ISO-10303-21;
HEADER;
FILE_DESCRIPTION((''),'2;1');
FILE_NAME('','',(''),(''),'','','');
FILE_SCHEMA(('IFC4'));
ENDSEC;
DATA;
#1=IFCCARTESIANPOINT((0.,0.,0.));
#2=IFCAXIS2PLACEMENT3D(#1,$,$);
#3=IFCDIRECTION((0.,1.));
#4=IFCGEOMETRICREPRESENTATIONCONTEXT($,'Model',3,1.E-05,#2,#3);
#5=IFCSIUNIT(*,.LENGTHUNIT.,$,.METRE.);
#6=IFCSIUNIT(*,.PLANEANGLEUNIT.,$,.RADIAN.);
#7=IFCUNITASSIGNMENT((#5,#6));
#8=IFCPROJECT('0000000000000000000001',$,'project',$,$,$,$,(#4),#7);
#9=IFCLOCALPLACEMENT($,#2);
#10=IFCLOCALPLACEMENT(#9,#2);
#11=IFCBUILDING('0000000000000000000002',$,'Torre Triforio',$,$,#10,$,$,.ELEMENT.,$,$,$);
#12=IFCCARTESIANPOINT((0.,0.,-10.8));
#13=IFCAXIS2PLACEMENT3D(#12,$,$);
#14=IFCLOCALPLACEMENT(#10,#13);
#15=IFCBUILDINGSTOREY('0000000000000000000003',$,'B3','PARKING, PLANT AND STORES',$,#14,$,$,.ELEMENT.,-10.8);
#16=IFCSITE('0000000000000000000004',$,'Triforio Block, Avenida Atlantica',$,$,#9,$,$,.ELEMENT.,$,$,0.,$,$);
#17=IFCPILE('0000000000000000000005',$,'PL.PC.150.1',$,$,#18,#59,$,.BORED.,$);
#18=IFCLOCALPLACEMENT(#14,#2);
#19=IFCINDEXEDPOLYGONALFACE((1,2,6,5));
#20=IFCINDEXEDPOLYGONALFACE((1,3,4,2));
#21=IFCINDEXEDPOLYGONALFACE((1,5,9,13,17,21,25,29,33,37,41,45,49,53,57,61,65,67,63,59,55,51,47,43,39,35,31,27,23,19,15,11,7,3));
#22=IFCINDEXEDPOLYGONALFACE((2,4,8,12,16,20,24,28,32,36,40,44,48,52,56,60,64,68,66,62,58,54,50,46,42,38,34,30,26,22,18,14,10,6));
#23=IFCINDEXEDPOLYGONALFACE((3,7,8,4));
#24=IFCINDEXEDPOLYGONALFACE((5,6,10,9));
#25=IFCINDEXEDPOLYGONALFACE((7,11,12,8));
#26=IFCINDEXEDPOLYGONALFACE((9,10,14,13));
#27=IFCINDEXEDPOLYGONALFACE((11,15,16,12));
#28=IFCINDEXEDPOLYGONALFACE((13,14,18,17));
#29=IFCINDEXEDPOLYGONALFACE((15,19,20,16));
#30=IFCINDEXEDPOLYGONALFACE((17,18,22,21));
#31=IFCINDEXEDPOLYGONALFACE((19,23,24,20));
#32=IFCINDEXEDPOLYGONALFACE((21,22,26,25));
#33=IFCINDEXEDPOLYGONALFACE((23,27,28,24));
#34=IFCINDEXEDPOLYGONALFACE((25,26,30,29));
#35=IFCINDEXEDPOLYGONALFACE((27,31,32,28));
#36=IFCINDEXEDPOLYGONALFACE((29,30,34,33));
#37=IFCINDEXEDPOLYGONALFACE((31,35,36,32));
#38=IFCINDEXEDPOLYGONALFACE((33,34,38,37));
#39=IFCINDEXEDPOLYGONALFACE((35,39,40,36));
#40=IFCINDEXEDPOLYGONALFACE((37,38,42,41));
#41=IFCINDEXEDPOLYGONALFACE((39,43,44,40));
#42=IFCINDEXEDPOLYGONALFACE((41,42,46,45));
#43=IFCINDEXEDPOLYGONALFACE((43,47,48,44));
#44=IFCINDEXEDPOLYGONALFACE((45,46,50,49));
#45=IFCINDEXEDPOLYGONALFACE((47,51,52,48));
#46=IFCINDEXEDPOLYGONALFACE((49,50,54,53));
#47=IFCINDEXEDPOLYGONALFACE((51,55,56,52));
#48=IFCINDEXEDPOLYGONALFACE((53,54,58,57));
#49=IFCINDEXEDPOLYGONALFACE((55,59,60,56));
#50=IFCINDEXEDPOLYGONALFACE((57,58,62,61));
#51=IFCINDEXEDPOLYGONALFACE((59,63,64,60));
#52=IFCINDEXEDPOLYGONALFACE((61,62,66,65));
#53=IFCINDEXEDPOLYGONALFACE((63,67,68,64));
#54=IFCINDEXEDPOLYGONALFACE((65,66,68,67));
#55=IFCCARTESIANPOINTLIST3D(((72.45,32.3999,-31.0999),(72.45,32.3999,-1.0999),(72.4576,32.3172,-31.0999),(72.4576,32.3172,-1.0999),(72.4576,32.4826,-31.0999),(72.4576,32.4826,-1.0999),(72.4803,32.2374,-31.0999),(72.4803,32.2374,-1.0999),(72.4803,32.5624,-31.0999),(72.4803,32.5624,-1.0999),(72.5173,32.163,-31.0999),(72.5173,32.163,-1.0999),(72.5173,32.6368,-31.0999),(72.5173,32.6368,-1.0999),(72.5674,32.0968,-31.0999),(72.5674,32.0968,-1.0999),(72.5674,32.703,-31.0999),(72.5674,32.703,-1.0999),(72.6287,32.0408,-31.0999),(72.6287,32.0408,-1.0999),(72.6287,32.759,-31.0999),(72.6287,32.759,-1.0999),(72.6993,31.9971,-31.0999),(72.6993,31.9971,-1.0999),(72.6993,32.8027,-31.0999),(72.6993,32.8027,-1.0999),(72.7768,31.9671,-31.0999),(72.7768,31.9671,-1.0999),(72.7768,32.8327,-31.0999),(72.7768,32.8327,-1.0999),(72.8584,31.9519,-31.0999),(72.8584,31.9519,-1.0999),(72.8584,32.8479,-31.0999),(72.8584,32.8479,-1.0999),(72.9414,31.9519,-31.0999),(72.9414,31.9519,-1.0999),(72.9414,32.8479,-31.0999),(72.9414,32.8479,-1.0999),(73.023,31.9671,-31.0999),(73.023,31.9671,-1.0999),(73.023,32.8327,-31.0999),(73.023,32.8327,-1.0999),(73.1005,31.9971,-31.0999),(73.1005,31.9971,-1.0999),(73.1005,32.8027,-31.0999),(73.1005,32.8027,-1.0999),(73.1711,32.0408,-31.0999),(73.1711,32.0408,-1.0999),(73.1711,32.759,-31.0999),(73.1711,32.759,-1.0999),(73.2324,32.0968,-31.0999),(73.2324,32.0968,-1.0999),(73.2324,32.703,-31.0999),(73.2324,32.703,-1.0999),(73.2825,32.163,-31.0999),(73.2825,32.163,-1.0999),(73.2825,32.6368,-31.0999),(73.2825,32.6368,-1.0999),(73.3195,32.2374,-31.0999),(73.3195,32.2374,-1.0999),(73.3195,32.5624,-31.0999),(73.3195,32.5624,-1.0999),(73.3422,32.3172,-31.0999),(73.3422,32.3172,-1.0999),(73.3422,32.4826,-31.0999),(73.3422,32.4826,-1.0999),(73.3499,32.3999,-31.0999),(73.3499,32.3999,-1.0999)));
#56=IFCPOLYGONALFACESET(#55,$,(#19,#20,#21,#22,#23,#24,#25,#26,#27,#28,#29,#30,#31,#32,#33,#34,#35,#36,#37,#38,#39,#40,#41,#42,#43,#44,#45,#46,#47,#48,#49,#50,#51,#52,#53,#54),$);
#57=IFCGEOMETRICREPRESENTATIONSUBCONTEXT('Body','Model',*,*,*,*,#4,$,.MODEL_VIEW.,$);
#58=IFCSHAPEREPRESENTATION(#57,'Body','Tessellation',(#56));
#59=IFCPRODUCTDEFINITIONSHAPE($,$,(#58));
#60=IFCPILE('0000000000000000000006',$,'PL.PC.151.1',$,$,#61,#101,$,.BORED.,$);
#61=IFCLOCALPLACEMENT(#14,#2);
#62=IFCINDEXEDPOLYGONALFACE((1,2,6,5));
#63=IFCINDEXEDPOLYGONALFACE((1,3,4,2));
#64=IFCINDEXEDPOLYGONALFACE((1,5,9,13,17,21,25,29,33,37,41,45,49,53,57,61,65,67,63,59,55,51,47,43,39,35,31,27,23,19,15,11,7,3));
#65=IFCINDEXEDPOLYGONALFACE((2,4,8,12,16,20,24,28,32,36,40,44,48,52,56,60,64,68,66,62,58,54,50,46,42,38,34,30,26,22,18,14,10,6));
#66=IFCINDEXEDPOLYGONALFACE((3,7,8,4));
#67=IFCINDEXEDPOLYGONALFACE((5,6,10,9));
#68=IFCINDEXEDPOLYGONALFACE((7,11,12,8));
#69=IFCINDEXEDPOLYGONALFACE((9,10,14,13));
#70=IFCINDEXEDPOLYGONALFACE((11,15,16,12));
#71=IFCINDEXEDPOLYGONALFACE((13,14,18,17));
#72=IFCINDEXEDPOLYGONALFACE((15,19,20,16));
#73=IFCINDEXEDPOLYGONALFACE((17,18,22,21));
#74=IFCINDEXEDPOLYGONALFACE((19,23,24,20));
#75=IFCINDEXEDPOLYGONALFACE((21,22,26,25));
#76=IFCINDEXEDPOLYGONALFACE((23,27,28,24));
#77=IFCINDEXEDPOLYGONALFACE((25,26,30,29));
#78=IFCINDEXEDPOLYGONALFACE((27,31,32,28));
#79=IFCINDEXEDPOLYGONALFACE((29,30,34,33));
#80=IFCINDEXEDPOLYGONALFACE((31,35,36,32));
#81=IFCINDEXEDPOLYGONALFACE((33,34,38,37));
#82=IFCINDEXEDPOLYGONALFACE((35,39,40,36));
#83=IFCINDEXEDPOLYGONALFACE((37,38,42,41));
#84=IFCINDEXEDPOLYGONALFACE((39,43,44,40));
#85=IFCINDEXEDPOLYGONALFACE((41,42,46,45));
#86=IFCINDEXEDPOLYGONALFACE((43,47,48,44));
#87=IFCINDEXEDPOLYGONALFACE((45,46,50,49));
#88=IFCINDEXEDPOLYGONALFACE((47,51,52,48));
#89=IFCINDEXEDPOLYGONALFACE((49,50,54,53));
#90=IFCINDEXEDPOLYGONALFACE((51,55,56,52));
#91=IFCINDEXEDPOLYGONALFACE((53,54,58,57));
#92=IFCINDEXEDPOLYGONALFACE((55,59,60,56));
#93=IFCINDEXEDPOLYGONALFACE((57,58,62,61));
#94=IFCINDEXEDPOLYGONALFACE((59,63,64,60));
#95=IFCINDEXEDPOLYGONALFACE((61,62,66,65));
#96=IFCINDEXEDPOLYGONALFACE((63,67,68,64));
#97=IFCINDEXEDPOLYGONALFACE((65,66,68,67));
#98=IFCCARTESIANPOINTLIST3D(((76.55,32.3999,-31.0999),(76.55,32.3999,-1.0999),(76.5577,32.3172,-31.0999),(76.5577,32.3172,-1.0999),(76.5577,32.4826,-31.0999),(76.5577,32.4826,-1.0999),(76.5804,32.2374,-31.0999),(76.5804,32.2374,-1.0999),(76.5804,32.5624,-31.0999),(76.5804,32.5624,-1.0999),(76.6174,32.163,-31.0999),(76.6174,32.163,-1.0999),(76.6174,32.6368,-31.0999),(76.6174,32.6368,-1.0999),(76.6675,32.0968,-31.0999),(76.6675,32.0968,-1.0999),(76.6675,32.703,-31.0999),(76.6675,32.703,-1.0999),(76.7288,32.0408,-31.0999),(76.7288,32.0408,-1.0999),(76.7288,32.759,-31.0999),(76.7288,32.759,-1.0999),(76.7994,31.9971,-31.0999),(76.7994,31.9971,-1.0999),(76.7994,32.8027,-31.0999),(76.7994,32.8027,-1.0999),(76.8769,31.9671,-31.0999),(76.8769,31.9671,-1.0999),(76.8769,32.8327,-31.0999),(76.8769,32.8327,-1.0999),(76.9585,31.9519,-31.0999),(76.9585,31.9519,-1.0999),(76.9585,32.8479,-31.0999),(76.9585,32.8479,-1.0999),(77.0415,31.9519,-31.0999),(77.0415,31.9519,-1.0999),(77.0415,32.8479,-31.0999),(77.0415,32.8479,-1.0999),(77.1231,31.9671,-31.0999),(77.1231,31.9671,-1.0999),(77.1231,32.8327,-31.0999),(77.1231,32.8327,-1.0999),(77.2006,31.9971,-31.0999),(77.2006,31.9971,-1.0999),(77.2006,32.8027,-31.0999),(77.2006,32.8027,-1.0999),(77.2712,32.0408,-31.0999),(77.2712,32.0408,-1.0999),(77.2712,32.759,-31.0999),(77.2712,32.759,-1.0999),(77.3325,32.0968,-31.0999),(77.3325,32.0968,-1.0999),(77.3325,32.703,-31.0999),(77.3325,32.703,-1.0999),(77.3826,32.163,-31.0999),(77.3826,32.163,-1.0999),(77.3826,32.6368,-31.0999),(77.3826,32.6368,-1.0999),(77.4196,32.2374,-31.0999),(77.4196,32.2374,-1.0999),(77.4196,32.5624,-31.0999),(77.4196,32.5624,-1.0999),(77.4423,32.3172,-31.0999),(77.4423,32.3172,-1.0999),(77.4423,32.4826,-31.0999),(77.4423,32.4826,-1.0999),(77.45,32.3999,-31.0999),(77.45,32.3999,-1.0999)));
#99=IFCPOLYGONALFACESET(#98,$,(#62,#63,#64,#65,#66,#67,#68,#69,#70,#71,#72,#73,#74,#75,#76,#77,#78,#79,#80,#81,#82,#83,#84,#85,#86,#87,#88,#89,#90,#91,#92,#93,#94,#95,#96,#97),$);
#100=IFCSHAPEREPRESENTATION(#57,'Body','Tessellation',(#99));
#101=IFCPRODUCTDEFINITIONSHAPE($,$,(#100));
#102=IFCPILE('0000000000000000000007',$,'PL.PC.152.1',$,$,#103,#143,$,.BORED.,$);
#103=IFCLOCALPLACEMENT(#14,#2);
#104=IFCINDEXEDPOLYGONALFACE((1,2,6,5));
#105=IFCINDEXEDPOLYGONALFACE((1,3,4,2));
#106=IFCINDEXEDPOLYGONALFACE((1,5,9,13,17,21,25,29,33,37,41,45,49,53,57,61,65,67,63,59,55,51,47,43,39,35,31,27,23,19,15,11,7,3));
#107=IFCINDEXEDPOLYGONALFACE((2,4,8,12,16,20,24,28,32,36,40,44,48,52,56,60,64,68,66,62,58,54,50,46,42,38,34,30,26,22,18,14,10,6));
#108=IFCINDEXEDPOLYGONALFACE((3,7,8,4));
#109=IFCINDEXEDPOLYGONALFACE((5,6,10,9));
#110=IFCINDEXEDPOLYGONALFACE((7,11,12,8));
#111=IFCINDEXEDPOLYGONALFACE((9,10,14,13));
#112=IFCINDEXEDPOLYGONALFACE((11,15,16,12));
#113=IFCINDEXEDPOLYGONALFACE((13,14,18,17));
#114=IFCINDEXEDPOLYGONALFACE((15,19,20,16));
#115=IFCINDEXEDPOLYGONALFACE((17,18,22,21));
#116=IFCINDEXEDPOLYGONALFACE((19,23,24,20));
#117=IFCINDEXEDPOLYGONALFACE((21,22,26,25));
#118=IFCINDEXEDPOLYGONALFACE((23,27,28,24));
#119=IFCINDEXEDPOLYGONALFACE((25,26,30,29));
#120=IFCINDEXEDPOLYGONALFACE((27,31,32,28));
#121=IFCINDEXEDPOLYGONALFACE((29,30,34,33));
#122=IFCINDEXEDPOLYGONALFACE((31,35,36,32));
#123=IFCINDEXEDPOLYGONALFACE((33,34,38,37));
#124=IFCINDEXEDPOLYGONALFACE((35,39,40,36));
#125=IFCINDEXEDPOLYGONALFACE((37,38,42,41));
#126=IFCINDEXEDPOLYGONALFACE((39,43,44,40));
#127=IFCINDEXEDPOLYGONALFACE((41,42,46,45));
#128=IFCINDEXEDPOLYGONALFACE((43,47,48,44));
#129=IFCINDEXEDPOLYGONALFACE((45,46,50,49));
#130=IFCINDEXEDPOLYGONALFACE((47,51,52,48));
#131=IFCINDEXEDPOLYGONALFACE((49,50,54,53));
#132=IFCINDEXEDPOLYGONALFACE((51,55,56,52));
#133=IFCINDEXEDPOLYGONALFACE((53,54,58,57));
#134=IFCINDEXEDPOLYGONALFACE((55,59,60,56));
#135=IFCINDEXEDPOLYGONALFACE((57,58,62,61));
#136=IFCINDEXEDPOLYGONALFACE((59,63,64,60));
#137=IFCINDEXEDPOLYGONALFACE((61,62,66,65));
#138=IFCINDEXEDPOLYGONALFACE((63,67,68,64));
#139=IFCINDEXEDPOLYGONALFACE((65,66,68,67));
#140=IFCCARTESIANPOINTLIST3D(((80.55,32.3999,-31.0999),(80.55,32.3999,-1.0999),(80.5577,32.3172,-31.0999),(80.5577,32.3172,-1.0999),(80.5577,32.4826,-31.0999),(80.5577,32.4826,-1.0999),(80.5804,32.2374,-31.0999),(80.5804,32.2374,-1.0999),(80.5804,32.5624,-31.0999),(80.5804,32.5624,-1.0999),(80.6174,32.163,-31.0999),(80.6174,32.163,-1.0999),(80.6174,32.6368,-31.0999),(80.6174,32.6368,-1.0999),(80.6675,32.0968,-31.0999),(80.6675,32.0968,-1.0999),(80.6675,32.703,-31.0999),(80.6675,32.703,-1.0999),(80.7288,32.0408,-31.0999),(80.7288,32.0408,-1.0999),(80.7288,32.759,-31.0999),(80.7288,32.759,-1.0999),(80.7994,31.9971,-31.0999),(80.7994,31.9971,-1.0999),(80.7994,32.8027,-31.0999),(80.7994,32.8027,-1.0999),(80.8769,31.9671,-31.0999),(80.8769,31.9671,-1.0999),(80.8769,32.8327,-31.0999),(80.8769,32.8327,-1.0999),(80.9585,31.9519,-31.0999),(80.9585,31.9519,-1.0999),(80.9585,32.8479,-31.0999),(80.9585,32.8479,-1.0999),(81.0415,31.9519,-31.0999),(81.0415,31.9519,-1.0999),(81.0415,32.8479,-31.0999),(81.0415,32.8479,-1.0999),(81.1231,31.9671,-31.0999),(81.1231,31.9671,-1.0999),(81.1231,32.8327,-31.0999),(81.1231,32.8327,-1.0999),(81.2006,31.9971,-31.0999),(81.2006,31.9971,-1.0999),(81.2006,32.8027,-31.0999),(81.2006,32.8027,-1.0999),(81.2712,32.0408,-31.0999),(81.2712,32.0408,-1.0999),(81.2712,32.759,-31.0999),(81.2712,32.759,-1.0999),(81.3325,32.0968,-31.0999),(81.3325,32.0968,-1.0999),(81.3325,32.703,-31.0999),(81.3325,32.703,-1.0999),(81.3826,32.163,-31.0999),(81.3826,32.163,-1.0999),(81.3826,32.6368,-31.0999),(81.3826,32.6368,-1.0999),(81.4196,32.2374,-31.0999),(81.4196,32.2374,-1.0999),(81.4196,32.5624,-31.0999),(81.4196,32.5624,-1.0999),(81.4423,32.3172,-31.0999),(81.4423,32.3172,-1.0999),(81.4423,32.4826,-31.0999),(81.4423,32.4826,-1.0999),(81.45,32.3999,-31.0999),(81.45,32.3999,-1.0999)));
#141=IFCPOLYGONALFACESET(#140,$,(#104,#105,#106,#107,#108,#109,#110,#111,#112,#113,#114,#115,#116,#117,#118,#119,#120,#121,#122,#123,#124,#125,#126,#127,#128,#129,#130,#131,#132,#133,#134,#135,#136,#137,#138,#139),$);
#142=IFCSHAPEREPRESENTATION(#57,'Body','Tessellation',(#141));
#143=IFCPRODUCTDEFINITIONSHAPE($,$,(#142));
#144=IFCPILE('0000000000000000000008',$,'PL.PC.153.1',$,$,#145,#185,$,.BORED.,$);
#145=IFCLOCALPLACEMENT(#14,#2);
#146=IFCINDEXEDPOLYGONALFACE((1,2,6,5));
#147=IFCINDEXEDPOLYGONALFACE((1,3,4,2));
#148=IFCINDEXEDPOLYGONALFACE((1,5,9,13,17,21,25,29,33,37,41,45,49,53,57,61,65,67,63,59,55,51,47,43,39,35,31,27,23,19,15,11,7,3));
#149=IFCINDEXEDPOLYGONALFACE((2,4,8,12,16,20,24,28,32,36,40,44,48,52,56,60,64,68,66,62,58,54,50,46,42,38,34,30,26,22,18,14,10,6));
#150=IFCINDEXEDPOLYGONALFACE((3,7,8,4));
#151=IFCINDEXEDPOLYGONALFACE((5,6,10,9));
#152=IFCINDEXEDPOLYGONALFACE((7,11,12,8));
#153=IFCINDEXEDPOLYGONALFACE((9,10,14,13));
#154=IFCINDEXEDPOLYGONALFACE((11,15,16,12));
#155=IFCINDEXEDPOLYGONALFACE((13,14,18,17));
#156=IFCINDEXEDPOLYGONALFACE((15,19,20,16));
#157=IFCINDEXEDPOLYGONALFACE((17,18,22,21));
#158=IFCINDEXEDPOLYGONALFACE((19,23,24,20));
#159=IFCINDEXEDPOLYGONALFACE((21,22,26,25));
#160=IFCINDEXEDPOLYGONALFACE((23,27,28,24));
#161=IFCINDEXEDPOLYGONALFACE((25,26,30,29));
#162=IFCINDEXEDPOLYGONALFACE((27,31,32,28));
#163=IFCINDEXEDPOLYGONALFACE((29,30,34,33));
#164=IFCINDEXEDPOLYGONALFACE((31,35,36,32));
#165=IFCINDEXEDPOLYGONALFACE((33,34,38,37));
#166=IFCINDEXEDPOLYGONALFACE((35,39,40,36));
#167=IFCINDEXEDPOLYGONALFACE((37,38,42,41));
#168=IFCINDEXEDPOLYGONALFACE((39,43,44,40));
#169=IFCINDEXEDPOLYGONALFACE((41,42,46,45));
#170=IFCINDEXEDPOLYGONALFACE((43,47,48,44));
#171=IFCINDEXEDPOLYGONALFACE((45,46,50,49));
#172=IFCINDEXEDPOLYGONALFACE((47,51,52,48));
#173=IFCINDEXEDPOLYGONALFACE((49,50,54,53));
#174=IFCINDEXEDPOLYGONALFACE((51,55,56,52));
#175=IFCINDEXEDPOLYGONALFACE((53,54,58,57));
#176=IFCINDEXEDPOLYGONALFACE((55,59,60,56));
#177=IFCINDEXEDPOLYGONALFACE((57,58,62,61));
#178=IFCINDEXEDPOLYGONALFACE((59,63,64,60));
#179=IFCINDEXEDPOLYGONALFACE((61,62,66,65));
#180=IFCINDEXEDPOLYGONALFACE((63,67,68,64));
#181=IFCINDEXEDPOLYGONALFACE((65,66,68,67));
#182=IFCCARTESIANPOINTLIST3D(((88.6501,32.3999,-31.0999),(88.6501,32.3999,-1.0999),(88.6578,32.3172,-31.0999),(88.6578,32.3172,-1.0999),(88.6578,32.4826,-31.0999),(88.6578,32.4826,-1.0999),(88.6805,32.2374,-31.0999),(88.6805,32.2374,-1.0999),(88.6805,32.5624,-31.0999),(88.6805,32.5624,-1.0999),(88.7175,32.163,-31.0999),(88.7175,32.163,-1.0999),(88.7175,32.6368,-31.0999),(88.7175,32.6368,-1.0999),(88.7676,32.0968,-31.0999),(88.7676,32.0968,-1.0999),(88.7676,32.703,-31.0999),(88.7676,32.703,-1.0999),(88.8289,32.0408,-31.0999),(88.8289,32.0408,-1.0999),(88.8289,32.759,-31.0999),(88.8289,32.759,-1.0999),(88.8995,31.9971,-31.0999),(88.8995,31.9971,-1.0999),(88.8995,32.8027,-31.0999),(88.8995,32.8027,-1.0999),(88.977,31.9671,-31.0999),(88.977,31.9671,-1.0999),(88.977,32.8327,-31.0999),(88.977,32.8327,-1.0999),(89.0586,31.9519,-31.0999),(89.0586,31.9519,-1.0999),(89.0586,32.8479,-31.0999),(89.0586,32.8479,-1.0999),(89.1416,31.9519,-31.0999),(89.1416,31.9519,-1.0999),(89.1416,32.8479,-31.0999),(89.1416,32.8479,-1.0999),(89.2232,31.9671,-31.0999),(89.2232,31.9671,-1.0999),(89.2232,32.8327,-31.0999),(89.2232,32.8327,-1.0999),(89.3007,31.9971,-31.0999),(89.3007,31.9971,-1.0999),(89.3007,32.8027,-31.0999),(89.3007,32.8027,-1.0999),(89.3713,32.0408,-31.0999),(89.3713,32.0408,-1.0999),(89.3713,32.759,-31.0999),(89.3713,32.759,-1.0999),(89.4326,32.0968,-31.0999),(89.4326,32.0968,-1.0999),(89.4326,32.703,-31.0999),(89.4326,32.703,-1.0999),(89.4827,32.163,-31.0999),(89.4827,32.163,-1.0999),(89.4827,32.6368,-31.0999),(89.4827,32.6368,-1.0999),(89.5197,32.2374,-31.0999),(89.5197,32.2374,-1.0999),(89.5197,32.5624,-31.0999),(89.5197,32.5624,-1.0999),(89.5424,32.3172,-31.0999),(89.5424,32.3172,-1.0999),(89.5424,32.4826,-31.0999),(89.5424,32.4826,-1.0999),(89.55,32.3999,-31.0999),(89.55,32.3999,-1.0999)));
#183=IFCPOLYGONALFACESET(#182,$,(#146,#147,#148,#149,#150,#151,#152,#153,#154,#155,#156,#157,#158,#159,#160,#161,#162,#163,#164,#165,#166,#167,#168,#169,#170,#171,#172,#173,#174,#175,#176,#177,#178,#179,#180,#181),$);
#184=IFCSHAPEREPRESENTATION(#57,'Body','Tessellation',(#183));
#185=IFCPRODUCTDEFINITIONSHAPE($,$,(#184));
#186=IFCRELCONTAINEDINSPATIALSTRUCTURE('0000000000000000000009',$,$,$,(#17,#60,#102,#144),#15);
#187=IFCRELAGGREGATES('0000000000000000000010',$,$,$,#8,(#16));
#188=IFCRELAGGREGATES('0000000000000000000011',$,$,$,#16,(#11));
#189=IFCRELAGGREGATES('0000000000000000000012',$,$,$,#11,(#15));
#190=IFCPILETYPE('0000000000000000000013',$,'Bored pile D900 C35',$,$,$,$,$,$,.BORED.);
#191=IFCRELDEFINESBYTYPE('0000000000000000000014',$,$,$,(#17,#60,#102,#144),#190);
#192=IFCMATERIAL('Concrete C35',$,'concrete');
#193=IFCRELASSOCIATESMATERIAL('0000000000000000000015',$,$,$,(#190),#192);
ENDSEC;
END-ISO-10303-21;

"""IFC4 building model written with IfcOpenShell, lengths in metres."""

from ifc_helpers import new_model, si_unit, direction, frame, origin, origin_2d, place, context, subcontext, project, spatial, circle, extrude, material, material_profile, profile_set, type_object, element, save


model = new_model("IFC4")

# Units and contexts
model_context = context("Model", 3, precision=1e-05, world=origin(), true_north=direction((0.0, 1.0)))
body_context = subcontext(model_context, "Body", "Model", "MODEL_VIEW")
ifc_project = project(units=[si_unit("LENGTHUNIT", "METRE"), si_unit("PLANEANGLEUNIT", "RADIAN")], contexts=[model_context])

# Site, building, storey
site_placement = place(None, origin())
site = spatial("IfcSite", under=ifc_project, at=site_placement, Name="Triforio Block, Avenida Atlantica", CompositionType="ELEMENT", RefElevation=0.0)
building_placement = place(site_placement, origin())
building = spatial("IfcBuilding", under=site, at=building_placement, Name="Torre Triforio", CompositionType="ELEMENT")
storey_placement = place(building_placement, frame((0.0, 0.0, -10.8)))
storey = spatial("IfcBuildingStorey", under=building, at=storey_placement, Name="B3", Description="PARKING, PLANT AND STORES", CompositionType="ELEMENT", Elevation=-10.8)

# Piles
ifc_material_1 = material(Name="Concrete C35", Category="concrete")
ifc_material_profile_1 = material_profile(ifc_material_1, circle(Radius=0.45, at=origin_2d()), Name="RC D900")
ifc_profile_set_1 = profile_set([ifc_material_profile_1], Name="Concrete C35")
pile_type = type_object("IfcPileType", Name="Bored pile D900 C35", PredefinedType="BORED", material=ifc_profile_set_1)
for number, where, z_axis, x_axis, name in (
    (1, (72.8999, 32.3999, -1.0999), (0.0, 0.0, -1.0), (1.0, 0.0, 0.0), "PL.PC.150.1"),
    (2, (77.0, 32.3999, -1.0999), (0.0, 0.0, -1.0), (1.0, 0.0, 0.0), "PL.PC.151.1"),
    (3, (81.0, 32.3999, -1.0999), (0.0, 0.0, -1.0), (1.0, 0.0, 0.0), "PL.PC.152.1"),
    (4, (89.1001, 32.3999, -1.0999), (0.0, 0.0, -1.0), (1.0, 0.0, 0.0), "PL.PC.153.1"),
):
    element("IfcPile", number, at=place(storey_placement, frame(where, z_axis=z_axis, x_axis=x_axis)), inside=storey, type_object=pile_type, Name=name, PredefinedType="BORED", context=body_context, shape_type="SweptSolid", body=[
        extrude(circle(Radius=0.45, at=origin_2d()), origin(), (0.0, 0.0, 1.0), 30.0),
    ])

save(model, "model.ifc")
